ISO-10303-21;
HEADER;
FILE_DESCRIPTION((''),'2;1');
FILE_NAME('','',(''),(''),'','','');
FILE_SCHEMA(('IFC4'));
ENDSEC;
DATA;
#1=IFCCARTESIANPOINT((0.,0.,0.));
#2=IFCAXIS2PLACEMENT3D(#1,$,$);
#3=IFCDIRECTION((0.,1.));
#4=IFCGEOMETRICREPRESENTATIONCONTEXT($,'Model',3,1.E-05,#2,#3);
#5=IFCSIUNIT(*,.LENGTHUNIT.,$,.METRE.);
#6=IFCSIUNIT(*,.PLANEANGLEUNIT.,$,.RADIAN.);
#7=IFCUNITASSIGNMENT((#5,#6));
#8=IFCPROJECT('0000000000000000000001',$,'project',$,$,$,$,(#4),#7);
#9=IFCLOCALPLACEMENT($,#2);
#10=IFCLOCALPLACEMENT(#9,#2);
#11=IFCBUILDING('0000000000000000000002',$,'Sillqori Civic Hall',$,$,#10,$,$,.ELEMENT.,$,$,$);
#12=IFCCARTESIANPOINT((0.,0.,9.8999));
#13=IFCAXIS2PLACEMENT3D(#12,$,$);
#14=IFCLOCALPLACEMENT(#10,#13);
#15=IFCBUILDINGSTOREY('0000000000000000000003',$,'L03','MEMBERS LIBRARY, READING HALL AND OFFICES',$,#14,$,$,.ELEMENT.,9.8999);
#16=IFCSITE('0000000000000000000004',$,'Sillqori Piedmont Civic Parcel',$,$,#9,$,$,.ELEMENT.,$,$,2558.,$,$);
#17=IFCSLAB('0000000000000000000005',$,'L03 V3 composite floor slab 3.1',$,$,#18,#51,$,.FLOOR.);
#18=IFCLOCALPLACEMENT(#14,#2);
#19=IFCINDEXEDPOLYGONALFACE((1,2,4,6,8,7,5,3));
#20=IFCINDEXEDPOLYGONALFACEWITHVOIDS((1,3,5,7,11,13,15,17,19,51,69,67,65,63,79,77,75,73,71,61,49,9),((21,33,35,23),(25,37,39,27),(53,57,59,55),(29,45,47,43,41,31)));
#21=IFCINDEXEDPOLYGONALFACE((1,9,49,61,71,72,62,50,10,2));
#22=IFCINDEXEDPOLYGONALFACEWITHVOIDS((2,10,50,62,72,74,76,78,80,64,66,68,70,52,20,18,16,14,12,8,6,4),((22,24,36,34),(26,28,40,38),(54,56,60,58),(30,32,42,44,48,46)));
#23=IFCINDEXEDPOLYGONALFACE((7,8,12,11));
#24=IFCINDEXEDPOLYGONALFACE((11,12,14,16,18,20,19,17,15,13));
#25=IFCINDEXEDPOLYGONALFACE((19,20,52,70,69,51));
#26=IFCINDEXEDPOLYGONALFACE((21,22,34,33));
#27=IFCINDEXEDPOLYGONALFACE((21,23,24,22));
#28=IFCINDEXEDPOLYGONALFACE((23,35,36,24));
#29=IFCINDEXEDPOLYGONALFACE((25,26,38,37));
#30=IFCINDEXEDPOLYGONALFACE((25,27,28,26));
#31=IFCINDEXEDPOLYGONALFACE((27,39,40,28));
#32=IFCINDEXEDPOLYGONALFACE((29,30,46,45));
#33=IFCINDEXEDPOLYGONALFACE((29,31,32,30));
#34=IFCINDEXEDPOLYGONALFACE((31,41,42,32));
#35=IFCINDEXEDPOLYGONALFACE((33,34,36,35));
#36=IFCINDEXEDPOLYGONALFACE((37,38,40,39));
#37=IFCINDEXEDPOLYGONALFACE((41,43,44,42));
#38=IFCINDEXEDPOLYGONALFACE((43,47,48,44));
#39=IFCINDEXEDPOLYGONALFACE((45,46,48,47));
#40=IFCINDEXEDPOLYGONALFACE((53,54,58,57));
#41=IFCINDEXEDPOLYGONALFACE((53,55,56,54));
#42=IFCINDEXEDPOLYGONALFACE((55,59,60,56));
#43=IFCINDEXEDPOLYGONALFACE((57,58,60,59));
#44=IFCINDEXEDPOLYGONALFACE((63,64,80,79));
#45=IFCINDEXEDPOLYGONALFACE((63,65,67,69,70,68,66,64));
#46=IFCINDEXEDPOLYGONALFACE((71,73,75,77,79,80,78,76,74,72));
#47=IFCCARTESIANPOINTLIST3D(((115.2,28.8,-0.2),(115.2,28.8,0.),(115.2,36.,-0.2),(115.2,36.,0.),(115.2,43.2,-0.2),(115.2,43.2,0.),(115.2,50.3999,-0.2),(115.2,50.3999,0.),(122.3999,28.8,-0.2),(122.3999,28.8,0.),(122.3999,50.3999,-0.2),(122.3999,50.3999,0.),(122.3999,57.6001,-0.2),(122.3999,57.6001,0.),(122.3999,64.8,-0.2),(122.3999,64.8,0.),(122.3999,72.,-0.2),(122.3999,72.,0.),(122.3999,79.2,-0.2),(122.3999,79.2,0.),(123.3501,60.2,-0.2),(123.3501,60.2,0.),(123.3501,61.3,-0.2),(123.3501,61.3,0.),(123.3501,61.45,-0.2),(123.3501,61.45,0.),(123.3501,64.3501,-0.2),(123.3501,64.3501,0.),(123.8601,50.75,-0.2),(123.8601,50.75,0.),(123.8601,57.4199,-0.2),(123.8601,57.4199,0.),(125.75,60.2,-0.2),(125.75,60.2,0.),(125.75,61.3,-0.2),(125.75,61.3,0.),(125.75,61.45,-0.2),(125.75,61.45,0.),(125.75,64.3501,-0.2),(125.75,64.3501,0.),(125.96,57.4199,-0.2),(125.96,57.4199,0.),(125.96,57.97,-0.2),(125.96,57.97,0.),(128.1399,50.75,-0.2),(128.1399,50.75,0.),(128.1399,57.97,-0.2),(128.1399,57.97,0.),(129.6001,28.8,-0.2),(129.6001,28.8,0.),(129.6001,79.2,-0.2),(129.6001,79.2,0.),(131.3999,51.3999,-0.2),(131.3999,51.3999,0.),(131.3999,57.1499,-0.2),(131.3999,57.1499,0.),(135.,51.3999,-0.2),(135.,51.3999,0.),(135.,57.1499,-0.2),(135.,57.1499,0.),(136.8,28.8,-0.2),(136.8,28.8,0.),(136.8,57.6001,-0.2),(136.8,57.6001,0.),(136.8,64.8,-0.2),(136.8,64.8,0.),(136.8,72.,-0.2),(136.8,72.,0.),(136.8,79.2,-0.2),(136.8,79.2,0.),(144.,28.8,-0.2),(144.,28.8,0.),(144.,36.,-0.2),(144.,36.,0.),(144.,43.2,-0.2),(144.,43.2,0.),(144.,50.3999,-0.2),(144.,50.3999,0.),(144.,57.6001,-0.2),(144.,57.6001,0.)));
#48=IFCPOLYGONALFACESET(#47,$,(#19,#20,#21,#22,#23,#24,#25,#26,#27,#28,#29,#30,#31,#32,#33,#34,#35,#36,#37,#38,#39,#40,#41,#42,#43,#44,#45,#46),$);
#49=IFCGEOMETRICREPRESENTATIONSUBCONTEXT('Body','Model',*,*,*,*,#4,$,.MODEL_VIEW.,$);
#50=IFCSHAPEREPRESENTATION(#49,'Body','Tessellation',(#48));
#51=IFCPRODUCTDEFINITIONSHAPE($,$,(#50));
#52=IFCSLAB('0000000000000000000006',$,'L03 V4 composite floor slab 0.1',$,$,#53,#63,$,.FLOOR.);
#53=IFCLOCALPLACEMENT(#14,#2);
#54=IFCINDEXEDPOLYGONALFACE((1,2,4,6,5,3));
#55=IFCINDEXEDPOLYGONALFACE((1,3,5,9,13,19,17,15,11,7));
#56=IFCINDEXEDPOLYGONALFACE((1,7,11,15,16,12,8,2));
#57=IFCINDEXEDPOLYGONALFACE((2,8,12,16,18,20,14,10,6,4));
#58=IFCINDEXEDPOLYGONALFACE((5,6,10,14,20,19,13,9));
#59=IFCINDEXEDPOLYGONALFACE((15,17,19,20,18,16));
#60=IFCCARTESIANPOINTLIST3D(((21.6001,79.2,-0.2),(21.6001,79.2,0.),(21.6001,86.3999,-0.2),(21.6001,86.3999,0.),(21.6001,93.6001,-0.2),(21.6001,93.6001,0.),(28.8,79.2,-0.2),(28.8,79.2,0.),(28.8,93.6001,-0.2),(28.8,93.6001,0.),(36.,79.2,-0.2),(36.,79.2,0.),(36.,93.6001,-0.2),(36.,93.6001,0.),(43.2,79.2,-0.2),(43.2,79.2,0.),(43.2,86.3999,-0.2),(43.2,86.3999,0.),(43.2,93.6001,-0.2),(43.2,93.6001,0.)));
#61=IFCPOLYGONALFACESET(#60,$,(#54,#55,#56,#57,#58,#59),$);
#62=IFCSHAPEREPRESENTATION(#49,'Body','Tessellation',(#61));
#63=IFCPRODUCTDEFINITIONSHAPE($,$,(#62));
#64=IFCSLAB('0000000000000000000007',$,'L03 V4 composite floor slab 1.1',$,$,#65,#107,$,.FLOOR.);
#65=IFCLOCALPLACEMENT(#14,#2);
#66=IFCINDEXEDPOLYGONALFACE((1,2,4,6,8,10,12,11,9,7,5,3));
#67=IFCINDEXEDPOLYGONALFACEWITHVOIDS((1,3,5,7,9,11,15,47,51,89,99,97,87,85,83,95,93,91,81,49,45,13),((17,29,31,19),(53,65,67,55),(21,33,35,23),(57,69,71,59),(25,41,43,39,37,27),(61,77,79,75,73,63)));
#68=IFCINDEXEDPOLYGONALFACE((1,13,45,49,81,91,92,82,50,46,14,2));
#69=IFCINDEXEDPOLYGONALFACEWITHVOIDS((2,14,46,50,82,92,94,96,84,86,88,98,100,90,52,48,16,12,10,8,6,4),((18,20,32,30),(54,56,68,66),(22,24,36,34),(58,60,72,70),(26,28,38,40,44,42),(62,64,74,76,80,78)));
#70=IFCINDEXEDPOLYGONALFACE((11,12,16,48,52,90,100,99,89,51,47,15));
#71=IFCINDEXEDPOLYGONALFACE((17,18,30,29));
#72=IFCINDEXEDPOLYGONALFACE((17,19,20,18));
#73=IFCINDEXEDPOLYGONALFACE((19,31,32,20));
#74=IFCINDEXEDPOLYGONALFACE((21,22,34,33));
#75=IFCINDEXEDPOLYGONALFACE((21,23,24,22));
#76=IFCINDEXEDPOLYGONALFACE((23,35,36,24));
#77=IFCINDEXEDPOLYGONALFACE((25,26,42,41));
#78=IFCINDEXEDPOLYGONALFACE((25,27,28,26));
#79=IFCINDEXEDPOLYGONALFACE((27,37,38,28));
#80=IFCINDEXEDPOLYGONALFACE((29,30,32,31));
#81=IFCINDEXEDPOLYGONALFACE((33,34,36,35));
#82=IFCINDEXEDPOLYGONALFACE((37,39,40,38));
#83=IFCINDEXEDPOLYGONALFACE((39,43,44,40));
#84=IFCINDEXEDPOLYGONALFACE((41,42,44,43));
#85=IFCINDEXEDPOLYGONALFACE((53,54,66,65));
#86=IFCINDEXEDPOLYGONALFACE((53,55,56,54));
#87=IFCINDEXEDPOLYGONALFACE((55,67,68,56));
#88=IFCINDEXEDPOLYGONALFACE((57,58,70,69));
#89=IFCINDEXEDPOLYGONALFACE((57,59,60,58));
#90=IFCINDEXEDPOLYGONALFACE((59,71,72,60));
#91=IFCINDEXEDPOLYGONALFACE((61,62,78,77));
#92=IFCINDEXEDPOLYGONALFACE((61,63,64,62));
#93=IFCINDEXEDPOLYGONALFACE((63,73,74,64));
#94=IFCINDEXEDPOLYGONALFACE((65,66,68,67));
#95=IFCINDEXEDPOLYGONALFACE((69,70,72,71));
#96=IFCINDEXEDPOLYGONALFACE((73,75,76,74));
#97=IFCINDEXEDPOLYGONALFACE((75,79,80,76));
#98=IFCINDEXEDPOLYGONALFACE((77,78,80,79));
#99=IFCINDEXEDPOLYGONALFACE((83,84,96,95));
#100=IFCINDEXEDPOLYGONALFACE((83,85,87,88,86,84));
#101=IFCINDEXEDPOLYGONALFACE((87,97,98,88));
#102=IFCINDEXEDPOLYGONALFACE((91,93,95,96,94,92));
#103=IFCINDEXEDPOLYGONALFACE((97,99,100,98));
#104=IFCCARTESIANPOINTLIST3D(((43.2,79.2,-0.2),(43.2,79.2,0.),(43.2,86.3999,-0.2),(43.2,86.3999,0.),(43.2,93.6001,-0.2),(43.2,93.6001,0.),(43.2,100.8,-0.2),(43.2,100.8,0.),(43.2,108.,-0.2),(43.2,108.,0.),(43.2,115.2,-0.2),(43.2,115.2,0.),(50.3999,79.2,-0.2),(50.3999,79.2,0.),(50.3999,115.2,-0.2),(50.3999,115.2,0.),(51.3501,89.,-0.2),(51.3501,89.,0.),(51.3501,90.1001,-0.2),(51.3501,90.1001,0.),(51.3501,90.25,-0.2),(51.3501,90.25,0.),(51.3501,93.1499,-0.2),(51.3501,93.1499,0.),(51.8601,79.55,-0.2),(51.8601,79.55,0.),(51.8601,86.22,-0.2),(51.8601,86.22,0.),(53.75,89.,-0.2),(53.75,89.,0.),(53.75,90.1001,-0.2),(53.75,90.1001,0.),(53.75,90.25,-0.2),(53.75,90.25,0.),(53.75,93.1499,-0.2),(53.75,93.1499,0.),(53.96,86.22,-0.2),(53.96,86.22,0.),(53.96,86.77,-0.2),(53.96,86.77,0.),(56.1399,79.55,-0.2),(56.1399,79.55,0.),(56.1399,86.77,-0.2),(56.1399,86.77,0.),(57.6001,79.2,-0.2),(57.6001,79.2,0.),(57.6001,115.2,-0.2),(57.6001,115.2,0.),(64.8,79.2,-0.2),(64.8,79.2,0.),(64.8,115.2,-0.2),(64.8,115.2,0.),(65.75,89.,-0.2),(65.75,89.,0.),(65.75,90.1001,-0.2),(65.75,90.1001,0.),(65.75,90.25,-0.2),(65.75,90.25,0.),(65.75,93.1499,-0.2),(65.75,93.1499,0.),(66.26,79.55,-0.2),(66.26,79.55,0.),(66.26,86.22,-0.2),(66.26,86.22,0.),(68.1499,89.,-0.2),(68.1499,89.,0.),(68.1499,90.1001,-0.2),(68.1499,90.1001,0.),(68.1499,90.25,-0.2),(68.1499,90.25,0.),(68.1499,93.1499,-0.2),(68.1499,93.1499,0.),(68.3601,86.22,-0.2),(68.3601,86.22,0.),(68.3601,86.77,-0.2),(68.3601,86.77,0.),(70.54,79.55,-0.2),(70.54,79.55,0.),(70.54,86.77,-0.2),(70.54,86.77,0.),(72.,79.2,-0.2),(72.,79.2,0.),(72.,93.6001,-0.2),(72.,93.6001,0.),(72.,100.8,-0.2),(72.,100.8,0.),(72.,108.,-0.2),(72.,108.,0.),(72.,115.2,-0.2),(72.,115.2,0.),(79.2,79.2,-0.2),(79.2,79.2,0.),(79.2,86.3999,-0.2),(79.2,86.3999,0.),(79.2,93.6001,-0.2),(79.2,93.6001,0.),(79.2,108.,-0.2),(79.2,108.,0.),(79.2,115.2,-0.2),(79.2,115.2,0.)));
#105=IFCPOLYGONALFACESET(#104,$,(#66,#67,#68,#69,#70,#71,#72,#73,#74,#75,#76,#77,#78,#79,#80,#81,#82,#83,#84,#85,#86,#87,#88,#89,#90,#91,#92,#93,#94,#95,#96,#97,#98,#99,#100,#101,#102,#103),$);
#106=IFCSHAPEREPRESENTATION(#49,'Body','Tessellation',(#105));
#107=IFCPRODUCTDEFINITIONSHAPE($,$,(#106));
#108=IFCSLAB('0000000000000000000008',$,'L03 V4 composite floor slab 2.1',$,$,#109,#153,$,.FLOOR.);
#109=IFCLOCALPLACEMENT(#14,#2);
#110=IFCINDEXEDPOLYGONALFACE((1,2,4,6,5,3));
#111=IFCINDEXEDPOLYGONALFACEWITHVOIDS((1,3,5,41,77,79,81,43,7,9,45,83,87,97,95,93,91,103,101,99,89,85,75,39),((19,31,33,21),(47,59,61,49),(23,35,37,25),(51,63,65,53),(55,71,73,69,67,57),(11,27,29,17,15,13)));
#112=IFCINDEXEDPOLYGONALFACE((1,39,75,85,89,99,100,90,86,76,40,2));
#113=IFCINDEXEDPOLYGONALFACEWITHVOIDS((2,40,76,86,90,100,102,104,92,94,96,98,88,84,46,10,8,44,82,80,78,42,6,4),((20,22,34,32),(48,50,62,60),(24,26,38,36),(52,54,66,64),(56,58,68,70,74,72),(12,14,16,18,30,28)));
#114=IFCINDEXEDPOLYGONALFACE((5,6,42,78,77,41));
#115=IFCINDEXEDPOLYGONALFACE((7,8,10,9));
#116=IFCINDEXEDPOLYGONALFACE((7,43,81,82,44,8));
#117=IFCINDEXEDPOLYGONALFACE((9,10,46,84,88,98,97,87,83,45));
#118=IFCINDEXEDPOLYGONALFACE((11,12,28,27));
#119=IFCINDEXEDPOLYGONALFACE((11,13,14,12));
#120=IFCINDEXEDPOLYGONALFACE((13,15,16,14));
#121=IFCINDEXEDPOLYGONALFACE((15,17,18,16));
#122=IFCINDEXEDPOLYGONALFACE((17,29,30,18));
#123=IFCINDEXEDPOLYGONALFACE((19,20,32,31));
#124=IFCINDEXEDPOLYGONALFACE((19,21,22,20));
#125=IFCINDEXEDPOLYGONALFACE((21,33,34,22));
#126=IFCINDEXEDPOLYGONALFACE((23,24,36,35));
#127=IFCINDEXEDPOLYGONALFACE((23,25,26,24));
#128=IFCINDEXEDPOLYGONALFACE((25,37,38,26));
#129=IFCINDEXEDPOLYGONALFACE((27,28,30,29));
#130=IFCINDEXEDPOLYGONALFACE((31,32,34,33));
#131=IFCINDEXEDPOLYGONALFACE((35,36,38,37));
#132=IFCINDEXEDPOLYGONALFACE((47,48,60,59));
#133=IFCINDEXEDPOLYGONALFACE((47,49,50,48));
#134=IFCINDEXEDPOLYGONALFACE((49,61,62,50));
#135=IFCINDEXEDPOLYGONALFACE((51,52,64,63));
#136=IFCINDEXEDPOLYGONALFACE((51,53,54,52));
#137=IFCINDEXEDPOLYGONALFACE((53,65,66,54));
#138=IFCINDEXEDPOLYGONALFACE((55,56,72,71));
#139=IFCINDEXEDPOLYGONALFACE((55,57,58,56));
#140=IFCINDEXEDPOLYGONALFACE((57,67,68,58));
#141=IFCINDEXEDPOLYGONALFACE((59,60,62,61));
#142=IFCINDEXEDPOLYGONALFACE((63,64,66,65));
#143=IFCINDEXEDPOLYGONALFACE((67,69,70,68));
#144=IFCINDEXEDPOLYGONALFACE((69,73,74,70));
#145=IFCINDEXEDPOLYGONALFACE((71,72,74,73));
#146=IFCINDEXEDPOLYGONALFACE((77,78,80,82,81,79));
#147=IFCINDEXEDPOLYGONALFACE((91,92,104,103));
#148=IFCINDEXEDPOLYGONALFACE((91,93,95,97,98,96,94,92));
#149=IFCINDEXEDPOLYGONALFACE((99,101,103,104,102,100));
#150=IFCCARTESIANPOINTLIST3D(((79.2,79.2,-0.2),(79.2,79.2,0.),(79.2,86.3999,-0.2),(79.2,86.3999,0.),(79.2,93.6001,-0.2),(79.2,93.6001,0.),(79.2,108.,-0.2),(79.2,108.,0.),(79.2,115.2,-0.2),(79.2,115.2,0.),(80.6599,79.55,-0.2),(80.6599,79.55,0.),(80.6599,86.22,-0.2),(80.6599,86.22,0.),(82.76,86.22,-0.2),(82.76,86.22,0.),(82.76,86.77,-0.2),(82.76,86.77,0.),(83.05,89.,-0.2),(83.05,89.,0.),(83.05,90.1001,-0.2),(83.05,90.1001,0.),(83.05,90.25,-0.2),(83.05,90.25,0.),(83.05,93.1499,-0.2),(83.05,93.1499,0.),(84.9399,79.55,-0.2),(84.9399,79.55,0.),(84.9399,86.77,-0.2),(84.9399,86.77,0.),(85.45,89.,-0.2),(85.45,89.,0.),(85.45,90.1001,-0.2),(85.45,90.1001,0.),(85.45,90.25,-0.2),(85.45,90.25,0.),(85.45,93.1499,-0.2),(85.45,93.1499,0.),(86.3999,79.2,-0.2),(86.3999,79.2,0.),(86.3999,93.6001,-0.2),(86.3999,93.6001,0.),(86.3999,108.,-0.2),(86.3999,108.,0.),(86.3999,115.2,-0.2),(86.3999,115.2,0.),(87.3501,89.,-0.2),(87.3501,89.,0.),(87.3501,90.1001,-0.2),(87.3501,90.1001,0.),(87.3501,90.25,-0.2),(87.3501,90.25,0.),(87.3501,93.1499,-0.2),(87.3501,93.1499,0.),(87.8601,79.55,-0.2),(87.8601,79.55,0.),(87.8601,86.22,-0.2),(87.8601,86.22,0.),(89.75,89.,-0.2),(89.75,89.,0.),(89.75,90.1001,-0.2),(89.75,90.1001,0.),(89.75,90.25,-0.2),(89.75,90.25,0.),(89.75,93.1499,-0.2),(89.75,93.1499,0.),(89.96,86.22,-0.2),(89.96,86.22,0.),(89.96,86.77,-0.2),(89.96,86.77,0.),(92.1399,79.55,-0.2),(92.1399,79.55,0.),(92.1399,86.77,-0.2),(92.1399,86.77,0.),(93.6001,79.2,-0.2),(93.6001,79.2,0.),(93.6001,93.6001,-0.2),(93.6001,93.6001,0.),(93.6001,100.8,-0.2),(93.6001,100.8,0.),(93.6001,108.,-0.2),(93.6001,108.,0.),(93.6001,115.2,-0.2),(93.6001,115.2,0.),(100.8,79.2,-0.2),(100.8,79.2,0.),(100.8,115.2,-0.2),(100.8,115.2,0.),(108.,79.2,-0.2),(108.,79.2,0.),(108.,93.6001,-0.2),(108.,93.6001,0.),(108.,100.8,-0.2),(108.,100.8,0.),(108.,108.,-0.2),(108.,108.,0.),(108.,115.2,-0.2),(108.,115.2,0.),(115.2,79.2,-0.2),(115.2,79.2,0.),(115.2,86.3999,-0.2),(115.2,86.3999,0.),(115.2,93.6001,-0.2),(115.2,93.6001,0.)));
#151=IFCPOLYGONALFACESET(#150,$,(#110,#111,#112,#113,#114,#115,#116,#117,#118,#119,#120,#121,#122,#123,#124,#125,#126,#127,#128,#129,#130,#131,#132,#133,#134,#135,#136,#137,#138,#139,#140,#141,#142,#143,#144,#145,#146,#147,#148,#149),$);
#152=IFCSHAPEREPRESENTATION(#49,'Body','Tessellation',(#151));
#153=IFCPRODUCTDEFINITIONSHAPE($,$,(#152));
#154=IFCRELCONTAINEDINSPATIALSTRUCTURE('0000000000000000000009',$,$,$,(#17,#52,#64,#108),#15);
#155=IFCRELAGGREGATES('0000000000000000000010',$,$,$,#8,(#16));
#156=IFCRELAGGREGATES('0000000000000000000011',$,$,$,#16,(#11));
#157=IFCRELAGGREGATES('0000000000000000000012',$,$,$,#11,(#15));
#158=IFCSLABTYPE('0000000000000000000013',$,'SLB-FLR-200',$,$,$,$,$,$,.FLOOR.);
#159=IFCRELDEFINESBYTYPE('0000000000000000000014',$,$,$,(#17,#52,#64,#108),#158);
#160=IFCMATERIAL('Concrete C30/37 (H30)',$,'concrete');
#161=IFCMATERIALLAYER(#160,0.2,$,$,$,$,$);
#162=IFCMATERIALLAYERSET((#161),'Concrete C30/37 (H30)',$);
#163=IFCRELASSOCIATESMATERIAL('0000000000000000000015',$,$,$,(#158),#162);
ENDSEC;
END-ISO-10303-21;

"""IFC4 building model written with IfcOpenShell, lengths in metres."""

from ifc_helpers import new_model, si_unit, direction, frame, origin, place, context, subcontext, project, spatial, polyline, outline, extrude, material, layer, layer_set, type_object, element, save


model = new_model("IFC4")

# Units and contexts
model_context = context("Model", 3, precision=1e-05, world=origin(), true_north=direction((0.0, 1.0)))
body_context = subcontext(model_context, "Body", "Model", "MODEL_VIEW")
ifc_project = project(units=[si_unit("LENGTHUNIT", "METRE"), si_unit("PLANEANGLEUNIT", "RADIAN")], contexts=[model_context])

# Site, building, storey
site_placement = place(None, origin())
site = spatial("IfcSite", under=ifc_project, at=site_placement, Name="Sillqori Piedmont Civic Parcel", CompositionType="ELEMENT", RefElevation=2558.0)
building_placement = place(site_placement, origin())
building = spatial("IfcBuilding", under=site, at=building_placement, Name="Sillqori Civic Hall", CompositionType="ELEMENT")
storey_placement = place(building_placement, frame((0.0, 0.0, 9.8999)))
storey = spatial("IfcBuildingStorey", under=building, at=storey_placement, Name="L03", Description="MEMBERS LIBRARY, READING HALL AND OFFICES", CompositionType="ELEMENT", Elevation=9.8999)

# Slabs
ifc_material_1 = material(Name="Concrete C30/37 (H30)", Category="concrete")
ifc_layer_1 = layer(ifc_material_1, 0.2)
ifc_layer_set_1 = layer_set([ifc_layer_1], Name="Concrete C30/37 (H30)")
slab_type_1 = type_object("IfcSlabType", Name="SLB-FLR-200", PredefinedType="FLOOR", material=ifc_layer_set_1)
slab_1_placement = place(storey_placement, frame((0.0, 0.0, -0.2)))
element("IfcSlab", 1, at=slab_1_placement, inside=storey, type_object=slab_type_1, Name="L03 V3 composite floor slab 3.1", PredefinedType="FLOOR", context=body_context, shape_type="SweptSolid", body=[
    extrude(outline(polyline([(122.3999, 50.3999), (122.3999, 57.6001), (122.3999, 64.8), (122.3999, 72.0), (122.3999, 79.2), (129.6001, 79.2), (136.8, 79.2), (136.8, 72.0), (136.8, 64.8), (136.8, 57.6001), (144.0, 57.6001), (144.0, 50.3999), (144.0, 43.2), (144.0, 36.0), (144.0, 28.8), (136.8, 28.8), (129.6001, 28.8), (122.3999, 28.8), (115.2, 28.8), (115.2, 36.0), (115.2, 43.2), (115.2, 50.3999), (122.3999, 50.3999)]), holes=[polyline([(135.0, 51.3999), (135.0, 57.1499), (131.3999, 57.1499), (131.3999, 51.3999), (135.0, 51.3999)]), polyline([(125.96, 57.4199), (123.8601, 57.4199), (123.8601, 50.75), (128.1399, 50.75), (128.1399, 57.97), (125.96, 57.97), (125.96, 57.4199)]), polyline([(125.75, 60.2), (125.75, 61.3), (123.3501, 61.3), (123.3501, 60.2), (125.75, 60.2)]), polyline([(125.75, 61.45), (125.75, 64.3501), (123.3501, 64.3501), (123.3501, 61.45), (125.75, 61.45)])]), origin(), (0.0, 0.0, 1.0), 0.2),
])
slab_2_placement = place(storey_placement, frame((0.0, 0.0, -0.2)))
element("IfcSlab", 2, at=slab_2_placement, inside=storey, type_object=slab_type_1, Name="L03 V4 composite floor slab 0.1", PredefinedType="FLOOR", context=body_context, shape_type="SweptSolid", body=[
    extrude(outline(polyline([(21.6001, 93.6001), (28.8, 93.6001), (36.0, 93.6001), (43.2, 93.6001), (43.2, 86.3999), (43.2, 79.2), (36.0, 79.2), (28.8, 79.2), (21.6001, 79.2), (21.6001, 86.3999), (21.6001, 93.6001)])), origin(), (0.0, 0.0, 1.0), 0.2),
])
slab_3_placement = place(storey_placement, frame((0.0, 0.0, -0.2)))
element("IfcSlab", 3, at=slab_3_placement, inside=storey, type_object=slab_type_1, Name="L03 V4 composite floor slab 1.1", PredefinedType="FLOOR", context=body_context, shape_type="SweptSolid", body=[
    extrude(outline(polyline([(43.2, 108.0), (43.2, 115.2), (50.3999, 115.2), (57.6001, 115.2), (64.8, 115.2), (72.0, 115.2), (79.2, 115.2), (79.2, 108.0), (72.0, 108.0), (72.0, 100.8), (72.0, 93.6001), (79.2, 93.6001), (79.2, 86.3999), (79.2, 79.2), (72.0, 79.2), (64.8, 79.2), (57.6001, 79.2), (50.3999, 79.2), (43.2, 79.2), (43.2, 86.3999), (43.2, 93.6001), (43.2, 100.8), (43.2, 108.0)]), holes=[polyline([(53.96, 86.22), (51.8601, 86.22), (51.8601, 79.55), (56.1399, 79.55), (56.1399, 86.77), (53.96, 86.77), (53.96, 86.22)]), polyline([(68.3601, 86.22), (66.26, 86.22), (66.26, 79.55), (70.54, 79.55), (70.54, 86.77), (68.3601, 86.77), (68.3601, 86.22)]), polyline([(53.75, 89.0), (53.75, 90.1001), (51.3501, 90.1001), (51.3501, 89.0), (53.75, 89.0)]), polyline([(68.1499, 89.0), (68.1499, 90.1001), (65.75, 90.1001), (65.75, 89.0), (68.1499, 89.0)]), polyline([(53.75, 90.25), (53.75, 93.1499), (51.3501, 93.1499), (51.3501, 90.25), (53.75, 90.25)]), polyline([(68.1499, 90.25), (68.1499, 93.1499), (65.75, 93.1499), (65.75, 90.25), (68.1499, 90.25)])]), origin(), (0.0, 0.0, 1.0), 0.2),
])
slab_4_placement = place(storey_placement, frame((0.0, 0.0, -0.2)))
element("IfcSlab", 4, at=slab_4_placement, inside=storey, type_object=slab_type_1, Name="L03 V4 composite floor slab 2.1", PredefinedType="FLOOR", context=body_context, shape_type="SweptSolid", body=[
    extrude(outline(polyline([(93.6001, 93.6001), (93.6001, 100.8), (93.6001, 108.0), (86.3999, 108.0), (79.2, 108.0), (79.2, 115.2), (86.3999, 115.2), (93.6001, 115.2), (100.8, 115.2), (108.0, 115.2), (108.0, 108.0), (108.0, 100.8), (108.0, 93.6001), (115.2, 93.6001), (115.2, 86.3999), (115.2, 79.2), (108.0, 79.2), (100.8, 79.2), (93.6001, 79.2), (86.3999, 79.2), (79.2, 79.2), (79.2, 86.3999), (79.2, 93.6001), (86.3999, 93.6001), (93.6001, 93.6001)]), holes=[polyline([(82.76, 86.22), (80.6599, 86.22), (80.6599, 79.55), (84.9399, 79.55), (84.9399, 86.77), (82.76, 86.77), (82.76, 86.22)]), polyline([(89.96, 86.22), (87.8601, 86.22), (87.8601, 79.55), (92.1399, 79.55), (92.1399, 86.77), (89.96, 86.77), (89.96, 86.22)]), polyline([(85.45, 89.0), (85.45, 90.1001), (83.05, 90.1001), (83.05, 89.0), (85.45, 89.0)]), polyline([(89.75, 89.0), (89.75, 90.1001), (87.3501, 90.1001), (87.3501, 89.0), (89.75, 89.0)]), polyline([(85.45, 90.25), (85.45, 93.1499), (83.05, 93.1499), (83.05, 90.25), (85.45, 90.25)]), polyline([(89.75, 90.25), (89.75, 93.1499), (87.3501, 93.1499), (87.3501, 90.25), (89.75, 90.25)])]), origin(), (0.0, 0.0, 1.0), 0.2),
])

save(model, "model.ifc")
